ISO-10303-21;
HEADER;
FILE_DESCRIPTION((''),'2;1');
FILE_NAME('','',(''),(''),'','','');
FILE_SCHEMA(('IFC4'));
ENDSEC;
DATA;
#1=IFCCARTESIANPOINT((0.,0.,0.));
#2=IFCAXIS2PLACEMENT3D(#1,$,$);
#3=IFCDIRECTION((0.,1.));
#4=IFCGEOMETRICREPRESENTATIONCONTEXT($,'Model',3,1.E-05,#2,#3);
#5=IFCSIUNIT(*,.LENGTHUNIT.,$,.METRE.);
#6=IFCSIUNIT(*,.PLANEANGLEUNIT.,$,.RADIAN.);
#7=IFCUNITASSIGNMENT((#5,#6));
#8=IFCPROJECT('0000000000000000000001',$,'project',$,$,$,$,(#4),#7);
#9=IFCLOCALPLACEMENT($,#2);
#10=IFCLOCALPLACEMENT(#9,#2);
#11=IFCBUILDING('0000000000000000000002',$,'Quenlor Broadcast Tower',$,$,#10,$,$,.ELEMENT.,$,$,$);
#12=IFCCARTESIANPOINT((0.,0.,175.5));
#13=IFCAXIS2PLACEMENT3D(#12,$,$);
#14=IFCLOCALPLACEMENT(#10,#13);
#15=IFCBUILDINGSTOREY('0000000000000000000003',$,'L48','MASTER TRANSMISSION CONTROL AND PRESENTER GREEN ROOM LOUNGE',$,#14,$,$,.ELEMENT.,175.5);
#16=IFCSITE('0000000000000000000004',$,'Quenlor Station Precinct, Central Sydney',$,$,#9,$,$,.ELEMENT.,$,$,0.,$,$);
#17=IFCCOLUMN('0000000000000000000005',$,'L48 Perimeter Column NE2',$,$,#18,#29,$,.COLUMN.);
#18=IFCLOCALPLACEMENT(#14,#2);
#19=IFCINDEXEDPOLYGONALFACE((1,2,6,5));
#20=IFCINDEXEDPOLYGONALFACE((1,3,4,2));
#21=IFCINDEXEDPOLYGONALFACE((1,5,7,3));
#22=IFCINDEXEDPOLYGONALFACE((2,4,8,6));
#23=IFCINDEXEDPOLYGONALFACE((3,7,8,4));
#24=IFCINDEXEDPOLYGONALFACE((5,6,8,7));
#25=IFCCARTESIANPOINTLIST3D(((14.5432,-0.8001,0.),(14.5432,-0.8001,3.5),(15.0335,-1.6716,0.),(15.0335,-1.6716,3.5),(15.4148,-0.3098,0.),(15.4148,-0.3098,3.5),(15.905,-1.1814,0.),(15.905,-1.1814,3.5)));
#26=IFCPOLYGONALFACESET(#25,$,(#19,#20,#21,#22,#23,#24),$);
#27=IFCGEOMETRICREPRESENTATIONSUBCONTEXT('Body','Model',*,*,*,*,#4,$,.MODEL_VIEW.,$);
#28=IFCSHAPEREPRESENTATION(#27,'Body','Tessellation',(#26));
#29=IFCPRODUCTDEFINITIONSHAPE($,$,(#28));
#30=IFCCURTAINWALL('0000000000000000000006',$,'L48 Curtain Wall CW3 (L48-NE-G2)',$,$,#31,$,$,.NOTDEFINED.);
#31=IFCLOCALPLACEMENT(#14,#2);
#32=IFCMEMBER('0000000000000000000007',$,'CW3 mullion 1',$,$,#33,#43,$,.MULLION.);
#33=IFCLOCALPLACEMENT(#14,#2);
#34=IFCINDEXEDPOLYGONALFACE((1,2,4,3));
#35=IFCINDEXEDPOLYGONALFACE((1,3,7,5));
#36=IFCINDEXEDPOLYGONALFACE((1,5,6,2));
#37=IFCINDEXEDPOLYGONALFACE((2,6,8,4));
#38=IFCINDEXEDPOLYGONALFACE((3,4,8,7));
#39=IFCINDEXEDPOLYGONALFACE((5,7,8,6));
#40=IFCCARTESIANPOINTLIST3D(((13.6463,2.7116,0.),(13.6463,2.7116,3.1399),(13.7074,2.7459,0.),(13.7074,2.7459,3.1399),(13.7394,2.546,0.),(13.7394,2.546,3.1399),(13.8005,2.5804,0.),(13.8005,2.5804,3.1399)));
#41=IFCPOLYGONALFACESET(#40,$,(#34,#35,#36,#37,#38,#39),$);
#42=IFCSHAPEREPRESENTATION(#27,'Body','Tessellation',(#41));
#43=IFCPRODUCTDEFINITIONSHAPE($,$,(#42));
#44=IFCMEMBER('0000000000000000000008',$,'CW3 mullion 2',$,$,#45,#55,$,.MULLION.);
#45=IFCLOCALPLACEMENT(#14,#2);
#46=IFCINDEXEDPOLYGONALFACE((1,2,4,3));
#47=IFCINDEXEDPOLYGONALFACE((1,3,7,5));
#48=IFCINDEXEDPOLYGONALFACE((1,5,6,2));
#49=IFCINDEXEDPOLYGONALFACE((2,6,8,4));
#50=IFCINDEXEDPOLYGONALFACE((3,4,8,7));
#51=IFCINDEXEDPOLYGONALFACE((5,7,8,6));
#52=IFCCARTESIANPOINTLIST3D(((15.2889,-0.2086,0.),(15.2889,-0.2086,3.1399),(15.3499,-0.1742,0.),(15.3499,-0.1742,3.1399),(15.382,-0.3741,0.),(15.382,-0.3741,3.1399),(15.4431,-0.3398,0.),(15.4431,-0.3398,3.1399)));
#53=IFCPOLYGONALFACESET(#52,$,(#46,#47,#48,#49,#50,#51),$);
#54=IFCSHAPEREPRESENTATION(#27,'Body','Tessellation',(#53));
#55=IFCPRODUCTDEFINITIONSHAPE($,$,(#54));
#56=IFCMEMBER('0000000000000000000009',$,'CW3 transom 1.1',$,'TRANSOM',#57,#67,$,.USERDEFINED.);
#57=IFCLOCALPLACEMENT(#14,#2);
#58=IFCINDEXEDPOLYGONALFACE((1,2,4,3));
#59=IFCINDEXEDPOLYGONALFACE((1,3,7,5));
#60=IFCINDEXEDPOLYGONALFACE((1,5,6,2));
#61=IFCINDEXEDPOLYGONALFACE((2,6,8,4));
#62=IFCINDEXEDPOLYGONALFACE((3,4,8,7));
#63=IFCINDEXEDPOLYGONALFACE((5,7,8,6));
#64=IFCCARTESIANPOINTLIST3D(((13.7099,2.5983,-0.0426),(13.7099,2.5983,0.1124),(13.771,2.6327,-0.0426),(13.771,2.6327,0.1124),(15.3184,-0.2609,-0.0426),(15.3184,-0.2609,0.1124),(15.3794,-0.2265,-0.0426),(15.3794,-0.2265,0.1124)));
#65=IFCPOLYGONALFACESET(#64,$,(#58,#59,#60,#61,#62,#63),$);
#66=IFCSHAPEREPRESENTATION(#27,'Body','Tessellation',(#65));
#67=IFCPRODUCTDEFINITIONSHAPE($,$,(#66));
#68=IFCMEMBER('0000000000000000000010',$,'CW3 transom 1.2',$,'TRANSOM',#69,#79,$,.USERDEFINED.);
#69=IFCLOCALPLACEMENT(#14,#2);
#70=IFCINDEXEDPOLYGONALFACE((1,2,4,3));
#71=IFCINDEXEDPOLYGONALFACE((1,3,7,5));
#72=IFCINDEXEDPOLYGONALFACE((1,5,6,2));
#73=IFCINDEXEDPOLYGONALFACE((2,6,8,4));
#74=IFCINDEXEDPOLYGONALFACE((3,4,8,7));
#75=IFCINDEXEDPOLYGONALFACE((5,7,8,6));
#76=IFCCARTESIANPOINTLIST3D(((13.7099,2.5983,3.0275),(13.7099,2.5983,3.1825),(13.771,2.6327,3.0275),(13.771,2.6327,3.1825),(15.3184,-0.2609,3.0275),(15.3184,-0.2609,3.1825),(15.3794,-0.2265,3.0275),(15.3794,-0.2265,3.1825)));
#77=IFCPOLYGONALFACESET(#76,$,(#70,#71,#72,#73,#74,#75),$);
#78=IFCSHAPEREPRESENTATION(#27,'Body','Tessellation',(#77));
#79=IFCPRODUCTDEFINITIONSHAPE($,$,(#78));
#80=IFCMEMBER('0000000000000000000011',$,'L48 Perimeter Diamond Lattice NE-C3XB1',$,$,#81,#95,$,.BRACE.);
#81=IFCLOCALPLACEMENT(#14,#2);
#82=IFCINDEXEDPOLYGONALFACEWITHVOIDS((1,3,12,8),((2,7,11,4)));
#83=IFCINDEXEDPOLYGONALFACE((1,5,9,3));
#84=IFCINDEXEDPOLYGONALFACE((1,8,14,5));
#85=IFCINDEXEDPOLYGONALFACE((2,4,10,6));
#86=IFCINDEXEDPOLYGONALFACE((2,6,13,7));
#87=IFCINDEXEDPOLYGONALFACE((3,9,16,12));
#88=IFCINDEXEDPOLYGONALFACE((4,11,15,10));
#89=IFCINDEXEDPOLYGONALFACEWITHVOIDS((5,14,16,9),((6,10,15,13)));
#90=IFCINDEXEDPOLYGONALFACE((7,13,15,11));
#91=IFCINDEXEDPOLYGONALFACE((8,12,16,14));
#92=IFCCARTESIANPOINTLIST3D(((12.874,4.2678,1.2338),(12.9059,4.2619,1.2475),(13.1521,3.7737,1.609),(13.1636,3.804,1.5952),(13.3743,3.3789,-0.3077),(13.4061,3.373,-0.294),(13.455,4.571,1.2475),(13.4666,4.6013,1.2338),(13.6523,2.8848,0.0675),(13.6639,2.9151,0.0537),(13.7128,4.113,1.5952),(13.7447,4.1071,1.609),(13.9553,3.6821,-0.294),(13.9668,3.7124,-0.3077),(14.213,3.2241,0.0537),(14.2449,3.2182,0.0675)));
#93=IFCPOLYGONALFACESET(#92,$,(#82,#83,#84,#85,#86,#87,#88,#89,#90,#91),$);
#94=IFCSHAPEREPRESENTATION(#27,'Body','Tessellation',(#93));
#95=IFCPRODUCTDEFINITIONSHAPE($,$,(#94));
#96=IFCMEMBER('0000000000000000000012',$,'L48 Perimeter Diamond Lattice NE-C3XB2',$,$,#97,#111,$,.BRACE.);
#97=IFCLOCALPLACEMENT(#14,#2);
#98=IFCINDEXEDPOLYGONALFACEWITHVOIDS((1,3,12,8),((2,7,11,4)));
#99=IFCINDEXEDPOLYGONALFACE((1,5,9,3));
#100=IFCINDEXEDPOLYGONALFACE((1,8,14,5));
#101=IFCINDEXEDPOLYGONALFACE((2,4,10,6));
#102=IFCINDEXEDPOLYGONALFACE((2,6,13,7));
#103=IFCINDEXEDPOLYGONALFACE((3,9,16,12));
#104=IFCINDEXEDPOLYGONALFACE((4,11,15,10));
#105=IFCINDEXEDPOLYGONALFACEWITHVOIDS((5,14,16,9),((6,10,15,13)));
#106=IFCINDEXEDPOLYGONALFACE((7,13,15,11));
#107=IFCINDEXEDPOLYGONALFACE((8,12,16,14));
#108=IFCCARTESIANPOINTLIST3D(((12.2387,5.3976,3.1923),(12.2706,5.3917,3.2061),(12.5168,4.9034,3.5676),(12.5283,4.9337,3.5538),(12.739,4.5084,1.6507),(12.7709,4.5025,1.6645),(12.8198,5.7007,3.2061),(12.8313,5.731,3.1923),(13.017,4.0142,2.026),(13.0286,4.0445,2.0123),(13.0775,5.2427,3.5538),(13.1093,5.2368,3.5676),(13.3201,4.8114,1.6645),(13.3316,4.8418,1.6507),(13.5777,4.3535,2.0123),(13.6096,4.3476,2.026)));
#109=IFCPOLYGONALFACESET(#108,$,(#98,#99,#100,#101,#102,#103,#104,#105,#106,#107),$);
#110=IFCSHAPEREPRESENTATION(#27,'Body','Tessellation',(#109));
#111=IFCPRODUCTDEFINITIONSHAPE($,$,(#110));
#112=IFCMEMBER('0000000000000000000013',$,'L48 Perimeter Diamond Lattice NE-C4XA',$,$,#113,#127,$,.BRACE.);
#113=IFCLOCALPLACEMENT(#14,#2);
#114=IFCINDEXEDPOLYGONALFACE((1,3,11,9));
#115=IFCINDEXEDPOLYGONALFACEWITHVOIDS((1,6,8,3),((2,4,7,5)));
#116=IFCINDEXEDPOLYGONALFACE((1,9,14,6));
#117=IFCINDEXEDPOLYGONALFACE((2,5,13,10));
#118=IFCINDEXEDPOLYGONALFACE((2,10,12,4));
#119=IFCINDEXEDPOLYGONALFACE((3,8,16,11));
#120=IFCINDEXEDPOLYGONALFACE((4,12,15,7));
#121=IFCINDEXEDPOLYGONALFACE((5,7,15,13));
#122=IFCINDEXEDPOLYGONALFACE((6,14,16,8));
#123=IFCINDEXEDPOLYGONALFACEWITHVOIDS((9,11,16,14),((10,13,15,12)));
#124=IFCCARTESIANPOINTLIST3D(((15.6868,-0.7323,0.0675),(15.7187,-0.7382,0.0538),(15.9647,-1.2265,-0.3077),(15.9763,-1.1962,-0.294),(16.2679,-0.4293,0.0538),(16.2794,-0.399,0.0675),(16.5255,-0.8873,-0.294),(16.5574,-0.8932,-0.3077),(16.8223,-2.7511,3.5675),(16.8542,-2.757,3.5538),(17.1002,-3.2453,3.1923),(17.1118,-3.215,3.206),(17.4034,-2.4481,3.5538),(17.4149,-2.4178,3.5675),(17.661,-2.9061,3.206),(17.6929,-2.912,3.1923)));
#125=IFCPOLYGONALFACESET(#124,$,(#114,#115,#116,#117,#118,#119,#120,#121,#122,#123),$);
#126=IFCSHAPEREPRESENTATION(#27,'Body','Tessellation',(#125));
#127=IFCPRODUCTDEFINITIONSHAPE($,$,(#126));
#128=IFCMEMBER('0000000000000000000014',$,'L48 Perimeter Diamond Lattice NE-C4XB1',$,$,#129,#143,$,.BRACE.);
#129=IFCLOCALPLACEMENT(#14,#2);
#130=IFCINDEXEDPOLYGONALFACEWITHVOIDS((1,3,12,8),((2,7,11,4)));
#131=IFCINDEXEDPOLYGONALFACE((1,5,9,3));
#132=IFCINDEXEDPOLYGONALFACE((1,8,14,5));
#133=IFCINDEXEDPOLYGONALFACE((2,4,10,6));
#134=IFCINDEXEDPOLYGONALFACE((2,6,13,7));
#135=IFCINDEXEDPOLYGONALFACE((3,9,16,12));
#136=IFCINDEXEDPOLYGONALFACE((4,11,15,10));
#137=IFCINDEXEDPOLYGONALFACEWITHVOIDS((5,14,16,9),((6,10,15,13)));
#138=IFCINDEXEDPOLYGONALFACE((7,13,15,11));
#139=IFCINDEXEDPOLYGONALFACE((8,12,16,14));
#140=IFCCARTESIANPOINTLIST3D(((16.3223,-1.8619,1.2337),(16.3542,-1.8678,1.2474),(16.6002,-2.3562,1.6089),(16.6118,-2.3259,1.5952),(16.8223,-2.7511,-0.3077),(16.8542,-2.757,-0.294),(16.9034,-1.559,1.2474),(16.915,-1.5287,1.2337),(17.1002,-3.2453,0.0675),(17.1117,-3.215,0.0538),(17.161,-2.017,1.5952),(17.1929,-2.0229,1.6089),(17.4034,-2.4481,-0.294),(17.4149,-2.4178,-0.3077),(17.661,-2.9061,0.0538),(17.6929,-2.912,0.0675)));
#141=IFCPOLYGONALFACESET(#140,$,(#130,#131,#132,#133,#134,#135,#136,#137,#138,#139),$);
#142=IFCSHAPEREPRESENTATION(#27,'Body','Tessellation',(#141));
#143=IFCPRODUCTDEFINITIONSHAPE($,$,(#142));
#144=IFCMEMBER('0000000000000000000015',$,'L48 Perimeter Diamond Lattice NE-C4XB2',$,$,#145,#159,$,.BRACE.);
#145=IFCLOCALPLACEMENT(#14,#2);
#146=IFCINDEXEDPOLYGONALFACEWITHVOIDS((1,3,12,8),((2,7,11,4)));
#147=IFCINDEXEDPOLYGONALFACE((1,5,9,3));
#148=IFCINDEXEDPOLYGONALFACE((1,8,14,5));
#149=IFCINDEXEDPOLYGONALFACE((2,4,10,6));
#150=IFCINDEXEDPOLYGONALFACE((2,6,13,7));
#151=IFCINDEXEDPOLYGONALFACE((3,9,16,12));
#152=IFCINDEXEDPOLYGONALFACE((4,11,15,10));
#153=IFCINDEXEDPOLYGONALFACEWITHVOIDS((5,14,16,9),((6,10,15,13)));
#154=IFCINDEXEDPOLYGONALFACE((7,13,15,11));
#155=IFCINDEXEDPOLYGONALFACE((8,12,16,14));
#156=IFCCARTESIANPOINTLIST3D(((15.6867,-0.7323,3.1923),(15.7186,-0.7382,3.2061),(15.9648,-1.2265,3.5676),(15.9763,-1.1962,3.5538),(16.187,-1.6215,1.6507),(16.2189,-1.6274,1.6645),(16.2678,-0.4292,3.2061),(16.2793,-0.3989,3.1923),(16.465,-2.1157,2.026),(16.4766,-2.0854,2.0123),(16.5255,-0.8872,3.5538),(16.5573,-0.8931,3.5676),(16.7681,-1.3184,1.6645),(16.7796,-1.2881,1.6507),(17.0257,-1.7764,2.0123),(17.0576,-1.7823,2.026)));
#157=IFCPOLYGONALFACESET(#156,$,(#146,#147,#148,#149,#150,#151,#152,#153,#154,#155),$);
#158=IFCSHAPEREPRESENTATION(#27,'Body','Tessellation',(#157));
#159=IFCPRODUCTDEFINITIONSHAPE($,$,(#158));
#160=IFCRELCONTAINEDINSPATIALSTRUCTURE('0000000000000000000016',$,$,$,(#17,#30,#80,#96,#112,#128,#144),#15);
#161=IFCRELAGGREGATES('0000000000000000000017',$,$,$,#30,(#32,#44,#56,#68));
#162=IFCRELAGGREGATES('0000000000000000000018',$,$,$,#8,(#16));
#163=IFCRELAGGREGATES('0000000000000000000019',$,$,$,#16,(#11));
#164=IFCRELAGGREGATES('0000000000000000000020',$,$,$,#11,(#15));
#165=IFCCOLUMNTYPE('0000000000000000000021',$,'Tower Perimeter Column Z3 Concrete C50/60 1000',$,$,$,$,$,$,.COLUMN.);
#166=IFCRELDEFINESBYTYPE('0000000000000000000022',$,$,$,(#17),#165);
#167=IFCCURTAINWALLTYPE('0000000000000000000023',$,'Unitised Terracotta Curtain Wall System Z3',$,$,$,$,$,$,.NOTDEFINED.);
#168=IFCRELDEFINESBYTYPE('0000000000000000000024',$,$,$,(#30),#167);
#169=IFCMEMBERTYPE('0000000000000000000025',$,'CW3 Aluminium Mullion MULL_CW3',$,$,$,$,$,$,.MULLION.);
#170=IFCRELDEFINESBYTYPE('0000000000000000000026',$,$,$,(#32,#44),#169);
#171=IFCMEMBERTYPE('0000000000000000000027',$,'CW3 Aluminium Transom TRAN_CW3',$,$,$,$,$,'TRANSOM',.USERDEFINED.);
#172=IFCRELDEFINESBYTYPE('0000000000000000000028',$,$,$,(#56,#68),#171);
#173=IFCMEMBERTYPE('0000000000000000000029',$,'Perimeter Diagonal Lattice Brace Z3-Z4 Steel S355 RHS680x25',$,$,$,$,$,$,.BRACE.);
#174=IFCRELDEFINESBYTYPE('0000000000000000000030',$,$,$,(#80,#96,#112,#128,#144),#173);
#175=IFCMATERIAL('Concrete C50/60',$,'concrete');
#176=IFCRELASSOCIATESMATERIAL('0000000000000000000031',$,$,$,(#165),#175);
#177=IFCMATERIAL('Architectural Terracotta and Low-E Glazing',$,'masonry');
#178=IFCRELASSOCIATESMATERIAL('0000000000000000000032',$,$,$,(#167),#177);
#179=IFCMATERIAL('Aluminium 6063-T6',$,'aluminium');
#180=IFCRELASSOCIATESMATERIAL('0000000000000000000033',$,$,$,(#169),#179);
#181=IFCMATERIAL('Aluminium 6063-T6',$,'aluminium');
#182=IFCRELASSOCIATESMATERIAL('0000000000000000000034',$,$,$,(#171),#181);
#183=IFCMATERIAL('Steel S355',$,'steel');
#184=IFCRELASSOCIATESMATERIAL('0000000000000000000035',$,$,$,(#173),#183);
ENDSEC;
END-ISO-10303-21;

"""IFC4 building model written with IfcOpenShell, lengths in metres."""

from ifc_helpers import new_model, si_unit, direction, frame, origin, origin_2d, place, context, subcontext, project, spatial, rectangle, hollow_rectangle, extrude, material, material_profile, profile_set, type_object, element, aggregate, save


model = new_model("IFC4")

# Units and contexts
model_context = context("Model", 3, precision=1e-05, world=origin(), true_north=direction((0.0, 1.0)))
body_context = subcontext(model_context, "Body", "Model", "MODEL_VIEW")
ifc_project = project(units=[si_unit("LENGTHUNIT", "METRE"), si_unit("PLANEANGLEUNIT", "RADIAN")], contexts=[model_context])

# Site, building, storey
site_placement = place(None, origin())
site = spatial("IfcSite", under=ifc_project, at=site_placement, Name="Quenlor Station Precinct, Central Sydney", CompositionType="ELEMENT", RefElevation=0.0)
building_placement = place(site_placement, origin())
building = spatial("IfcBuilding", under=site, at=building_placement, Name="Quenlor Broadcast Tower", CompositionType="ELEMENT")
storey_placement = place(building_placement, frame((0.0, 0.0, 175.5)))
storey = spatial("IfcBuildingStorey", under=building, at=storey_placement, Name="L48", Description="MASTER TRANSMISSION CONTROL AND PRESENTER GREEN ROOM LOUNGE", CompositionType="ELEMENT", Elevation=175.5)

# Column
ifc_material_1 = material(Name="Concrete C50/60", Category="concrete")
ifc_material_profile_1 = material_profile(ifc_material_1, rectangle(XDim=1.0, YDim=1.0, at=origin_2d()))
ifc_profile_set_1 = profile_set([ifc_material_profile_1], Name="Concrete C50/60 RC1000x1000")
column_type = type_object("IfcColumnType", Name="Tower Perimeter Column Z3 Concrete C50/60 1000", PredefinedType="COLUMN", material=ifc_profile_set_1)
column_placement = place(storey_placement, frame((15.2241, -0.9907, 0.0), z_axis=(0.0, 0.0, 1.0), x_axis=(0.871575, 0.490262, 0.0)))
element("IfcColumn", 1, at=column_placement, inside=storey, type_object=column_type, Name="L48 Perimeter Column NE2", PredefinedType="COLUMN", context=body_context, shape_type="SweptSolid", body=[
    extrude(rectangle(XDim=1.0, YDim=1.0, at=origin_2d()), origin(), (0.0, 0.0, 1.0), 3.5),
])

# Curtain wall, members
ifc_material_2 = material(Name="Architectural Terracotta and Low-E Glazing", Category="masonry")
curtain_wall_type = type_object("IfcCurtainWallType", Name="Unitised Terracotta Curtain Wall System Z3", PredefinedType="NOTDEFINED", material=ifc_material_2)
curtain_wall_placement = place(storey_placement, origin())
curtain_wall = element("IfcCurtainWall", 2, at=curtain_wall_placement, inside=storey, type_object=curtain_wall_type, Name="L48 Curtain Wall CW3 (L48-NE-G2)", PredefinedType="NOTDEFINED")
ifc_material_3 = material(Name="Aluminium 6063-T6", Category="aluminium")
ifc_material_profile_2 = material_profile(ifc_material_3, rectangle(XDim=0.0701, YDim=0.1899, at=origin_2d()))
ifc_profile_set_2 = profile_set([ifc_material_profile_2], Name="Aluminium 6063-T6 MULL70x190")
member_type_1 = type_object("IfcMemberType", Name="CW3 Aluminium Mullion MULL_CW3", PredefinedType="MULLION", material=ifc_profile_set_2)
member_1_placement = place(storey_placement, frame((13.7234, 2.646, 0.0), z_axis=(0.0, 0.0, 1.0), x_axis=(0.871572, 0.490268, 0.0)))
member_1 = element("IfcMember", 3, at=member_1_placement, type_object=member_type_1, Name="CW3 mullion 1", PredefinedType="MULLION", context=body_context, shape_type="SweptSolid", body=[
    extrude(rectangle(XDim=0.0701, YDim=0.1899, at=origin_2d()), origin(), (0.0, 0.0, 1.0), 3.1399),
])
member_2_placement = place(storey_placement, frame((15.366, -0.2742, 0.0), z_axis=(0.0, 0.0, 1.0), x_axis=(0.871572, 0.490268, 0.0)))
member_2 = element("IfcMember", 4, at=member_2_placement, type_object=member_type_1, Name="CW3 mullion 2", PredefinedType="MULLION", context=body_context, shape_type="SweptSolid", body=[
    extrude(rectangle(XDim=0.0701, YDim=0.1899, at=origin_2d()), origin(), (0.0, 0.0, 1.0), 3.1399),
])
ifc_material_4 = material(Name="Aluminium 6063-T6", Category="aluminium")
ifc_material_profile_3 = material_profile(ifc_material_4, rectangle(XDim=0.0701, YDim=0.155, at=origin_2d()))
ifc_profile_set_3 = profile_set([ifc_material_profile_3], Name="Aluminium 6063-T6 TRAN70x155")
member_type_2 = type_object("IfcMemberType", Name="CW3 Aluminium Transom TRAN_CW3", ElementType="TRANSOM", PredefinedType="USERDEFINED", material=ifc_profile_set_3)
member_3_placement = place(storey_placement, frame((13.7405, 2.6155, 0.0349), z_axis=(0.490293, -0.871558, 0.0), x_axis=(0.871558, 0.490293, 0.0)))
member_3 = element("IfcMember", 5, at=member_3_placement, type_object=member_type_2, Name="CW3 transom 1.1", ObjectType="TRANSOM", PredefinedType="USERDEFINED", context=body_context, shape_type="SweptSolid", body=[
    extrude(rectangle(XDim=0.0701, YDim=0.155, at=origin_2d()), origin(), (0.0, 0.0, 1.0), 3.2805),
])
member_4_placement = place(storey_placement, frame((13.7405, 2.6155, 3.105), z_axis=(0.490293, -0.871558, 0.0), x_axis=(0.871558, 0.490293, 0.0)))
member_4 = element("IfcMember", 6, at=member_4_placement, type_object=member_type_2, Name="CW3 transom 1.2", ObjectType="TRANSOM", PredefinedType="USERDEFINED", context=body_context, shape_type="SweptSolid", body=[
    extrude(rectangle(XDim=0.0701, YDim=0.155, at=origin_2d()), origin(), (0.0, 0.0, 1.0), 3.2805),
])

# Members
ifc_material_5 = material(Name="Steel S355", Category="steel")
ifc_material_profile_4 = material_profile(ifc_material_5, hollow_rectangle(XDim=0.6799, YDim=0.6799, WallThickness=0.0249, at=origin_2d()))
ifc_profile_set_4 = profile_set([ifc_material_profile_4], Name="Steel S355 RHS680x680x25")
member_type_3 = type_object("IfcMemberType", Name="Perimeter Diagonal Lattice Brace Z3-Z4 Steel S355 RHS680x25", PredefinedType="BRACE", material=ifc_profile_set_4)
member_5_placement = place(storey_placement, frame((13.8096, 3.2986, -0.1201), z_axis=(-0.270634, 0.480906, 0.833958), x_axis=(-0.87148, -0.490432, 0.0)))
element("IfcMember", 7, at=member_5_placement, inside=storey, type_object=member_type_3, Name="L48 Perimeter Diamond Lattice NE-C3XB1", PredefinedType="BRACE", context=body_context, shape_type="SweptSolid", body=[
    extrude(hollow_rectangle(XDim=0.6799, YDim=0.6799, WallThickness=0.0249, at=origin_2d()), origin(), (0.0, 0.0, 1.0), 1.8484),
])
member_6_placement = place(storey_placement, frame((13.1743, 4.428, 1.8384), z_axis=(-0.270616, 0.481008, 0.833905), x_axis=(-0.871537, -0.490329, 0.0)))
element("IfcMember", 8, at=member_6_placement, inside=storey, type_object=member_type_3, Name="L48 Perimeter Diamond Lattice NE-C3XB2", PredefinedType="BRACE", context=body_context, shape_type="SweptSolid", body=[
    extrude(hollow_rectangle(XDim=0.6799, YDim=0.6799, WallThickness=0.0249, at=origin_2d()), origin(), (0.0, 0.0, 1.0), 1.8486),
])
member_7_placement = place(storey_placement, frame((16.1221, -0.8127, -0.1201), z_axis=(0.270549, -0.481009, 0.833927), x_axis=(0.87159, 0.490236, 0.0)))
element("IfcMember", 9, at=member_7_placement, inside=storey, type_object=member_type_3, Name="L48 Perimeter Diamond Lattice NE-C4XA", PredefinedType="BRACE", context=body_context, shape_type="SweptSolid", body=[
    extrude(hollow_rectangle(XDim=0.6799, YDim=0.6799, WallThickness=0.0249, at=origin_2d()), origin(), (0.0, 0.0, 1.0), 4.197),
])
member_8_placement = place(storey_placement, frame((17.2576, -2.8315, -0.1201), z_axis=(-0.270494, 0.481025, 0.833935), x_axis=(-0.871639, -0.490148, 0.0)))
element("IfcMember", 10, at=member_8_placement, inside=storey, type_object=member_type_3, Name="L48 Perimeter Diamond Lattice NE-C4XB1", PredefinedType="BRACE", context=body_context, shape_type="SweptSolid", body=[
    extrude(hollow_rectangle(XDim=0.6799, YDim=0.6799, WallThickness=0.0249, at=origin_2d()), origin(), (0.0, 0.0, 1.0), 1.8484),
])
member_9_placement = place(storey_placement, frame((16.6223, -1.7019, 1.8384), z_axis=(-0.270616, 0.481008, 0.833905), x_axis=(-0.871537, -0.490329, 0.0)))
element("IfcMember", 11, at=member_9_placement, inside=storey, type_object=member_type_3, Name="L48 Perimeter Diamond Lattice NE-C4XB2", PredefinedType="BRACE", context=body_context, shape_type="SweptSolid", body=[
    extrude(hollow_rectangle(XDim=0.6799, YDim=0.6799, WallThickness=0.0249, at=origin_2d()), origin(), (0.0, 0.0, 1.0), 1.8486),
])

aggregate(curtain_wall, [member_1, member_2, member_3, member_4])

save(model, "model.ifc")
